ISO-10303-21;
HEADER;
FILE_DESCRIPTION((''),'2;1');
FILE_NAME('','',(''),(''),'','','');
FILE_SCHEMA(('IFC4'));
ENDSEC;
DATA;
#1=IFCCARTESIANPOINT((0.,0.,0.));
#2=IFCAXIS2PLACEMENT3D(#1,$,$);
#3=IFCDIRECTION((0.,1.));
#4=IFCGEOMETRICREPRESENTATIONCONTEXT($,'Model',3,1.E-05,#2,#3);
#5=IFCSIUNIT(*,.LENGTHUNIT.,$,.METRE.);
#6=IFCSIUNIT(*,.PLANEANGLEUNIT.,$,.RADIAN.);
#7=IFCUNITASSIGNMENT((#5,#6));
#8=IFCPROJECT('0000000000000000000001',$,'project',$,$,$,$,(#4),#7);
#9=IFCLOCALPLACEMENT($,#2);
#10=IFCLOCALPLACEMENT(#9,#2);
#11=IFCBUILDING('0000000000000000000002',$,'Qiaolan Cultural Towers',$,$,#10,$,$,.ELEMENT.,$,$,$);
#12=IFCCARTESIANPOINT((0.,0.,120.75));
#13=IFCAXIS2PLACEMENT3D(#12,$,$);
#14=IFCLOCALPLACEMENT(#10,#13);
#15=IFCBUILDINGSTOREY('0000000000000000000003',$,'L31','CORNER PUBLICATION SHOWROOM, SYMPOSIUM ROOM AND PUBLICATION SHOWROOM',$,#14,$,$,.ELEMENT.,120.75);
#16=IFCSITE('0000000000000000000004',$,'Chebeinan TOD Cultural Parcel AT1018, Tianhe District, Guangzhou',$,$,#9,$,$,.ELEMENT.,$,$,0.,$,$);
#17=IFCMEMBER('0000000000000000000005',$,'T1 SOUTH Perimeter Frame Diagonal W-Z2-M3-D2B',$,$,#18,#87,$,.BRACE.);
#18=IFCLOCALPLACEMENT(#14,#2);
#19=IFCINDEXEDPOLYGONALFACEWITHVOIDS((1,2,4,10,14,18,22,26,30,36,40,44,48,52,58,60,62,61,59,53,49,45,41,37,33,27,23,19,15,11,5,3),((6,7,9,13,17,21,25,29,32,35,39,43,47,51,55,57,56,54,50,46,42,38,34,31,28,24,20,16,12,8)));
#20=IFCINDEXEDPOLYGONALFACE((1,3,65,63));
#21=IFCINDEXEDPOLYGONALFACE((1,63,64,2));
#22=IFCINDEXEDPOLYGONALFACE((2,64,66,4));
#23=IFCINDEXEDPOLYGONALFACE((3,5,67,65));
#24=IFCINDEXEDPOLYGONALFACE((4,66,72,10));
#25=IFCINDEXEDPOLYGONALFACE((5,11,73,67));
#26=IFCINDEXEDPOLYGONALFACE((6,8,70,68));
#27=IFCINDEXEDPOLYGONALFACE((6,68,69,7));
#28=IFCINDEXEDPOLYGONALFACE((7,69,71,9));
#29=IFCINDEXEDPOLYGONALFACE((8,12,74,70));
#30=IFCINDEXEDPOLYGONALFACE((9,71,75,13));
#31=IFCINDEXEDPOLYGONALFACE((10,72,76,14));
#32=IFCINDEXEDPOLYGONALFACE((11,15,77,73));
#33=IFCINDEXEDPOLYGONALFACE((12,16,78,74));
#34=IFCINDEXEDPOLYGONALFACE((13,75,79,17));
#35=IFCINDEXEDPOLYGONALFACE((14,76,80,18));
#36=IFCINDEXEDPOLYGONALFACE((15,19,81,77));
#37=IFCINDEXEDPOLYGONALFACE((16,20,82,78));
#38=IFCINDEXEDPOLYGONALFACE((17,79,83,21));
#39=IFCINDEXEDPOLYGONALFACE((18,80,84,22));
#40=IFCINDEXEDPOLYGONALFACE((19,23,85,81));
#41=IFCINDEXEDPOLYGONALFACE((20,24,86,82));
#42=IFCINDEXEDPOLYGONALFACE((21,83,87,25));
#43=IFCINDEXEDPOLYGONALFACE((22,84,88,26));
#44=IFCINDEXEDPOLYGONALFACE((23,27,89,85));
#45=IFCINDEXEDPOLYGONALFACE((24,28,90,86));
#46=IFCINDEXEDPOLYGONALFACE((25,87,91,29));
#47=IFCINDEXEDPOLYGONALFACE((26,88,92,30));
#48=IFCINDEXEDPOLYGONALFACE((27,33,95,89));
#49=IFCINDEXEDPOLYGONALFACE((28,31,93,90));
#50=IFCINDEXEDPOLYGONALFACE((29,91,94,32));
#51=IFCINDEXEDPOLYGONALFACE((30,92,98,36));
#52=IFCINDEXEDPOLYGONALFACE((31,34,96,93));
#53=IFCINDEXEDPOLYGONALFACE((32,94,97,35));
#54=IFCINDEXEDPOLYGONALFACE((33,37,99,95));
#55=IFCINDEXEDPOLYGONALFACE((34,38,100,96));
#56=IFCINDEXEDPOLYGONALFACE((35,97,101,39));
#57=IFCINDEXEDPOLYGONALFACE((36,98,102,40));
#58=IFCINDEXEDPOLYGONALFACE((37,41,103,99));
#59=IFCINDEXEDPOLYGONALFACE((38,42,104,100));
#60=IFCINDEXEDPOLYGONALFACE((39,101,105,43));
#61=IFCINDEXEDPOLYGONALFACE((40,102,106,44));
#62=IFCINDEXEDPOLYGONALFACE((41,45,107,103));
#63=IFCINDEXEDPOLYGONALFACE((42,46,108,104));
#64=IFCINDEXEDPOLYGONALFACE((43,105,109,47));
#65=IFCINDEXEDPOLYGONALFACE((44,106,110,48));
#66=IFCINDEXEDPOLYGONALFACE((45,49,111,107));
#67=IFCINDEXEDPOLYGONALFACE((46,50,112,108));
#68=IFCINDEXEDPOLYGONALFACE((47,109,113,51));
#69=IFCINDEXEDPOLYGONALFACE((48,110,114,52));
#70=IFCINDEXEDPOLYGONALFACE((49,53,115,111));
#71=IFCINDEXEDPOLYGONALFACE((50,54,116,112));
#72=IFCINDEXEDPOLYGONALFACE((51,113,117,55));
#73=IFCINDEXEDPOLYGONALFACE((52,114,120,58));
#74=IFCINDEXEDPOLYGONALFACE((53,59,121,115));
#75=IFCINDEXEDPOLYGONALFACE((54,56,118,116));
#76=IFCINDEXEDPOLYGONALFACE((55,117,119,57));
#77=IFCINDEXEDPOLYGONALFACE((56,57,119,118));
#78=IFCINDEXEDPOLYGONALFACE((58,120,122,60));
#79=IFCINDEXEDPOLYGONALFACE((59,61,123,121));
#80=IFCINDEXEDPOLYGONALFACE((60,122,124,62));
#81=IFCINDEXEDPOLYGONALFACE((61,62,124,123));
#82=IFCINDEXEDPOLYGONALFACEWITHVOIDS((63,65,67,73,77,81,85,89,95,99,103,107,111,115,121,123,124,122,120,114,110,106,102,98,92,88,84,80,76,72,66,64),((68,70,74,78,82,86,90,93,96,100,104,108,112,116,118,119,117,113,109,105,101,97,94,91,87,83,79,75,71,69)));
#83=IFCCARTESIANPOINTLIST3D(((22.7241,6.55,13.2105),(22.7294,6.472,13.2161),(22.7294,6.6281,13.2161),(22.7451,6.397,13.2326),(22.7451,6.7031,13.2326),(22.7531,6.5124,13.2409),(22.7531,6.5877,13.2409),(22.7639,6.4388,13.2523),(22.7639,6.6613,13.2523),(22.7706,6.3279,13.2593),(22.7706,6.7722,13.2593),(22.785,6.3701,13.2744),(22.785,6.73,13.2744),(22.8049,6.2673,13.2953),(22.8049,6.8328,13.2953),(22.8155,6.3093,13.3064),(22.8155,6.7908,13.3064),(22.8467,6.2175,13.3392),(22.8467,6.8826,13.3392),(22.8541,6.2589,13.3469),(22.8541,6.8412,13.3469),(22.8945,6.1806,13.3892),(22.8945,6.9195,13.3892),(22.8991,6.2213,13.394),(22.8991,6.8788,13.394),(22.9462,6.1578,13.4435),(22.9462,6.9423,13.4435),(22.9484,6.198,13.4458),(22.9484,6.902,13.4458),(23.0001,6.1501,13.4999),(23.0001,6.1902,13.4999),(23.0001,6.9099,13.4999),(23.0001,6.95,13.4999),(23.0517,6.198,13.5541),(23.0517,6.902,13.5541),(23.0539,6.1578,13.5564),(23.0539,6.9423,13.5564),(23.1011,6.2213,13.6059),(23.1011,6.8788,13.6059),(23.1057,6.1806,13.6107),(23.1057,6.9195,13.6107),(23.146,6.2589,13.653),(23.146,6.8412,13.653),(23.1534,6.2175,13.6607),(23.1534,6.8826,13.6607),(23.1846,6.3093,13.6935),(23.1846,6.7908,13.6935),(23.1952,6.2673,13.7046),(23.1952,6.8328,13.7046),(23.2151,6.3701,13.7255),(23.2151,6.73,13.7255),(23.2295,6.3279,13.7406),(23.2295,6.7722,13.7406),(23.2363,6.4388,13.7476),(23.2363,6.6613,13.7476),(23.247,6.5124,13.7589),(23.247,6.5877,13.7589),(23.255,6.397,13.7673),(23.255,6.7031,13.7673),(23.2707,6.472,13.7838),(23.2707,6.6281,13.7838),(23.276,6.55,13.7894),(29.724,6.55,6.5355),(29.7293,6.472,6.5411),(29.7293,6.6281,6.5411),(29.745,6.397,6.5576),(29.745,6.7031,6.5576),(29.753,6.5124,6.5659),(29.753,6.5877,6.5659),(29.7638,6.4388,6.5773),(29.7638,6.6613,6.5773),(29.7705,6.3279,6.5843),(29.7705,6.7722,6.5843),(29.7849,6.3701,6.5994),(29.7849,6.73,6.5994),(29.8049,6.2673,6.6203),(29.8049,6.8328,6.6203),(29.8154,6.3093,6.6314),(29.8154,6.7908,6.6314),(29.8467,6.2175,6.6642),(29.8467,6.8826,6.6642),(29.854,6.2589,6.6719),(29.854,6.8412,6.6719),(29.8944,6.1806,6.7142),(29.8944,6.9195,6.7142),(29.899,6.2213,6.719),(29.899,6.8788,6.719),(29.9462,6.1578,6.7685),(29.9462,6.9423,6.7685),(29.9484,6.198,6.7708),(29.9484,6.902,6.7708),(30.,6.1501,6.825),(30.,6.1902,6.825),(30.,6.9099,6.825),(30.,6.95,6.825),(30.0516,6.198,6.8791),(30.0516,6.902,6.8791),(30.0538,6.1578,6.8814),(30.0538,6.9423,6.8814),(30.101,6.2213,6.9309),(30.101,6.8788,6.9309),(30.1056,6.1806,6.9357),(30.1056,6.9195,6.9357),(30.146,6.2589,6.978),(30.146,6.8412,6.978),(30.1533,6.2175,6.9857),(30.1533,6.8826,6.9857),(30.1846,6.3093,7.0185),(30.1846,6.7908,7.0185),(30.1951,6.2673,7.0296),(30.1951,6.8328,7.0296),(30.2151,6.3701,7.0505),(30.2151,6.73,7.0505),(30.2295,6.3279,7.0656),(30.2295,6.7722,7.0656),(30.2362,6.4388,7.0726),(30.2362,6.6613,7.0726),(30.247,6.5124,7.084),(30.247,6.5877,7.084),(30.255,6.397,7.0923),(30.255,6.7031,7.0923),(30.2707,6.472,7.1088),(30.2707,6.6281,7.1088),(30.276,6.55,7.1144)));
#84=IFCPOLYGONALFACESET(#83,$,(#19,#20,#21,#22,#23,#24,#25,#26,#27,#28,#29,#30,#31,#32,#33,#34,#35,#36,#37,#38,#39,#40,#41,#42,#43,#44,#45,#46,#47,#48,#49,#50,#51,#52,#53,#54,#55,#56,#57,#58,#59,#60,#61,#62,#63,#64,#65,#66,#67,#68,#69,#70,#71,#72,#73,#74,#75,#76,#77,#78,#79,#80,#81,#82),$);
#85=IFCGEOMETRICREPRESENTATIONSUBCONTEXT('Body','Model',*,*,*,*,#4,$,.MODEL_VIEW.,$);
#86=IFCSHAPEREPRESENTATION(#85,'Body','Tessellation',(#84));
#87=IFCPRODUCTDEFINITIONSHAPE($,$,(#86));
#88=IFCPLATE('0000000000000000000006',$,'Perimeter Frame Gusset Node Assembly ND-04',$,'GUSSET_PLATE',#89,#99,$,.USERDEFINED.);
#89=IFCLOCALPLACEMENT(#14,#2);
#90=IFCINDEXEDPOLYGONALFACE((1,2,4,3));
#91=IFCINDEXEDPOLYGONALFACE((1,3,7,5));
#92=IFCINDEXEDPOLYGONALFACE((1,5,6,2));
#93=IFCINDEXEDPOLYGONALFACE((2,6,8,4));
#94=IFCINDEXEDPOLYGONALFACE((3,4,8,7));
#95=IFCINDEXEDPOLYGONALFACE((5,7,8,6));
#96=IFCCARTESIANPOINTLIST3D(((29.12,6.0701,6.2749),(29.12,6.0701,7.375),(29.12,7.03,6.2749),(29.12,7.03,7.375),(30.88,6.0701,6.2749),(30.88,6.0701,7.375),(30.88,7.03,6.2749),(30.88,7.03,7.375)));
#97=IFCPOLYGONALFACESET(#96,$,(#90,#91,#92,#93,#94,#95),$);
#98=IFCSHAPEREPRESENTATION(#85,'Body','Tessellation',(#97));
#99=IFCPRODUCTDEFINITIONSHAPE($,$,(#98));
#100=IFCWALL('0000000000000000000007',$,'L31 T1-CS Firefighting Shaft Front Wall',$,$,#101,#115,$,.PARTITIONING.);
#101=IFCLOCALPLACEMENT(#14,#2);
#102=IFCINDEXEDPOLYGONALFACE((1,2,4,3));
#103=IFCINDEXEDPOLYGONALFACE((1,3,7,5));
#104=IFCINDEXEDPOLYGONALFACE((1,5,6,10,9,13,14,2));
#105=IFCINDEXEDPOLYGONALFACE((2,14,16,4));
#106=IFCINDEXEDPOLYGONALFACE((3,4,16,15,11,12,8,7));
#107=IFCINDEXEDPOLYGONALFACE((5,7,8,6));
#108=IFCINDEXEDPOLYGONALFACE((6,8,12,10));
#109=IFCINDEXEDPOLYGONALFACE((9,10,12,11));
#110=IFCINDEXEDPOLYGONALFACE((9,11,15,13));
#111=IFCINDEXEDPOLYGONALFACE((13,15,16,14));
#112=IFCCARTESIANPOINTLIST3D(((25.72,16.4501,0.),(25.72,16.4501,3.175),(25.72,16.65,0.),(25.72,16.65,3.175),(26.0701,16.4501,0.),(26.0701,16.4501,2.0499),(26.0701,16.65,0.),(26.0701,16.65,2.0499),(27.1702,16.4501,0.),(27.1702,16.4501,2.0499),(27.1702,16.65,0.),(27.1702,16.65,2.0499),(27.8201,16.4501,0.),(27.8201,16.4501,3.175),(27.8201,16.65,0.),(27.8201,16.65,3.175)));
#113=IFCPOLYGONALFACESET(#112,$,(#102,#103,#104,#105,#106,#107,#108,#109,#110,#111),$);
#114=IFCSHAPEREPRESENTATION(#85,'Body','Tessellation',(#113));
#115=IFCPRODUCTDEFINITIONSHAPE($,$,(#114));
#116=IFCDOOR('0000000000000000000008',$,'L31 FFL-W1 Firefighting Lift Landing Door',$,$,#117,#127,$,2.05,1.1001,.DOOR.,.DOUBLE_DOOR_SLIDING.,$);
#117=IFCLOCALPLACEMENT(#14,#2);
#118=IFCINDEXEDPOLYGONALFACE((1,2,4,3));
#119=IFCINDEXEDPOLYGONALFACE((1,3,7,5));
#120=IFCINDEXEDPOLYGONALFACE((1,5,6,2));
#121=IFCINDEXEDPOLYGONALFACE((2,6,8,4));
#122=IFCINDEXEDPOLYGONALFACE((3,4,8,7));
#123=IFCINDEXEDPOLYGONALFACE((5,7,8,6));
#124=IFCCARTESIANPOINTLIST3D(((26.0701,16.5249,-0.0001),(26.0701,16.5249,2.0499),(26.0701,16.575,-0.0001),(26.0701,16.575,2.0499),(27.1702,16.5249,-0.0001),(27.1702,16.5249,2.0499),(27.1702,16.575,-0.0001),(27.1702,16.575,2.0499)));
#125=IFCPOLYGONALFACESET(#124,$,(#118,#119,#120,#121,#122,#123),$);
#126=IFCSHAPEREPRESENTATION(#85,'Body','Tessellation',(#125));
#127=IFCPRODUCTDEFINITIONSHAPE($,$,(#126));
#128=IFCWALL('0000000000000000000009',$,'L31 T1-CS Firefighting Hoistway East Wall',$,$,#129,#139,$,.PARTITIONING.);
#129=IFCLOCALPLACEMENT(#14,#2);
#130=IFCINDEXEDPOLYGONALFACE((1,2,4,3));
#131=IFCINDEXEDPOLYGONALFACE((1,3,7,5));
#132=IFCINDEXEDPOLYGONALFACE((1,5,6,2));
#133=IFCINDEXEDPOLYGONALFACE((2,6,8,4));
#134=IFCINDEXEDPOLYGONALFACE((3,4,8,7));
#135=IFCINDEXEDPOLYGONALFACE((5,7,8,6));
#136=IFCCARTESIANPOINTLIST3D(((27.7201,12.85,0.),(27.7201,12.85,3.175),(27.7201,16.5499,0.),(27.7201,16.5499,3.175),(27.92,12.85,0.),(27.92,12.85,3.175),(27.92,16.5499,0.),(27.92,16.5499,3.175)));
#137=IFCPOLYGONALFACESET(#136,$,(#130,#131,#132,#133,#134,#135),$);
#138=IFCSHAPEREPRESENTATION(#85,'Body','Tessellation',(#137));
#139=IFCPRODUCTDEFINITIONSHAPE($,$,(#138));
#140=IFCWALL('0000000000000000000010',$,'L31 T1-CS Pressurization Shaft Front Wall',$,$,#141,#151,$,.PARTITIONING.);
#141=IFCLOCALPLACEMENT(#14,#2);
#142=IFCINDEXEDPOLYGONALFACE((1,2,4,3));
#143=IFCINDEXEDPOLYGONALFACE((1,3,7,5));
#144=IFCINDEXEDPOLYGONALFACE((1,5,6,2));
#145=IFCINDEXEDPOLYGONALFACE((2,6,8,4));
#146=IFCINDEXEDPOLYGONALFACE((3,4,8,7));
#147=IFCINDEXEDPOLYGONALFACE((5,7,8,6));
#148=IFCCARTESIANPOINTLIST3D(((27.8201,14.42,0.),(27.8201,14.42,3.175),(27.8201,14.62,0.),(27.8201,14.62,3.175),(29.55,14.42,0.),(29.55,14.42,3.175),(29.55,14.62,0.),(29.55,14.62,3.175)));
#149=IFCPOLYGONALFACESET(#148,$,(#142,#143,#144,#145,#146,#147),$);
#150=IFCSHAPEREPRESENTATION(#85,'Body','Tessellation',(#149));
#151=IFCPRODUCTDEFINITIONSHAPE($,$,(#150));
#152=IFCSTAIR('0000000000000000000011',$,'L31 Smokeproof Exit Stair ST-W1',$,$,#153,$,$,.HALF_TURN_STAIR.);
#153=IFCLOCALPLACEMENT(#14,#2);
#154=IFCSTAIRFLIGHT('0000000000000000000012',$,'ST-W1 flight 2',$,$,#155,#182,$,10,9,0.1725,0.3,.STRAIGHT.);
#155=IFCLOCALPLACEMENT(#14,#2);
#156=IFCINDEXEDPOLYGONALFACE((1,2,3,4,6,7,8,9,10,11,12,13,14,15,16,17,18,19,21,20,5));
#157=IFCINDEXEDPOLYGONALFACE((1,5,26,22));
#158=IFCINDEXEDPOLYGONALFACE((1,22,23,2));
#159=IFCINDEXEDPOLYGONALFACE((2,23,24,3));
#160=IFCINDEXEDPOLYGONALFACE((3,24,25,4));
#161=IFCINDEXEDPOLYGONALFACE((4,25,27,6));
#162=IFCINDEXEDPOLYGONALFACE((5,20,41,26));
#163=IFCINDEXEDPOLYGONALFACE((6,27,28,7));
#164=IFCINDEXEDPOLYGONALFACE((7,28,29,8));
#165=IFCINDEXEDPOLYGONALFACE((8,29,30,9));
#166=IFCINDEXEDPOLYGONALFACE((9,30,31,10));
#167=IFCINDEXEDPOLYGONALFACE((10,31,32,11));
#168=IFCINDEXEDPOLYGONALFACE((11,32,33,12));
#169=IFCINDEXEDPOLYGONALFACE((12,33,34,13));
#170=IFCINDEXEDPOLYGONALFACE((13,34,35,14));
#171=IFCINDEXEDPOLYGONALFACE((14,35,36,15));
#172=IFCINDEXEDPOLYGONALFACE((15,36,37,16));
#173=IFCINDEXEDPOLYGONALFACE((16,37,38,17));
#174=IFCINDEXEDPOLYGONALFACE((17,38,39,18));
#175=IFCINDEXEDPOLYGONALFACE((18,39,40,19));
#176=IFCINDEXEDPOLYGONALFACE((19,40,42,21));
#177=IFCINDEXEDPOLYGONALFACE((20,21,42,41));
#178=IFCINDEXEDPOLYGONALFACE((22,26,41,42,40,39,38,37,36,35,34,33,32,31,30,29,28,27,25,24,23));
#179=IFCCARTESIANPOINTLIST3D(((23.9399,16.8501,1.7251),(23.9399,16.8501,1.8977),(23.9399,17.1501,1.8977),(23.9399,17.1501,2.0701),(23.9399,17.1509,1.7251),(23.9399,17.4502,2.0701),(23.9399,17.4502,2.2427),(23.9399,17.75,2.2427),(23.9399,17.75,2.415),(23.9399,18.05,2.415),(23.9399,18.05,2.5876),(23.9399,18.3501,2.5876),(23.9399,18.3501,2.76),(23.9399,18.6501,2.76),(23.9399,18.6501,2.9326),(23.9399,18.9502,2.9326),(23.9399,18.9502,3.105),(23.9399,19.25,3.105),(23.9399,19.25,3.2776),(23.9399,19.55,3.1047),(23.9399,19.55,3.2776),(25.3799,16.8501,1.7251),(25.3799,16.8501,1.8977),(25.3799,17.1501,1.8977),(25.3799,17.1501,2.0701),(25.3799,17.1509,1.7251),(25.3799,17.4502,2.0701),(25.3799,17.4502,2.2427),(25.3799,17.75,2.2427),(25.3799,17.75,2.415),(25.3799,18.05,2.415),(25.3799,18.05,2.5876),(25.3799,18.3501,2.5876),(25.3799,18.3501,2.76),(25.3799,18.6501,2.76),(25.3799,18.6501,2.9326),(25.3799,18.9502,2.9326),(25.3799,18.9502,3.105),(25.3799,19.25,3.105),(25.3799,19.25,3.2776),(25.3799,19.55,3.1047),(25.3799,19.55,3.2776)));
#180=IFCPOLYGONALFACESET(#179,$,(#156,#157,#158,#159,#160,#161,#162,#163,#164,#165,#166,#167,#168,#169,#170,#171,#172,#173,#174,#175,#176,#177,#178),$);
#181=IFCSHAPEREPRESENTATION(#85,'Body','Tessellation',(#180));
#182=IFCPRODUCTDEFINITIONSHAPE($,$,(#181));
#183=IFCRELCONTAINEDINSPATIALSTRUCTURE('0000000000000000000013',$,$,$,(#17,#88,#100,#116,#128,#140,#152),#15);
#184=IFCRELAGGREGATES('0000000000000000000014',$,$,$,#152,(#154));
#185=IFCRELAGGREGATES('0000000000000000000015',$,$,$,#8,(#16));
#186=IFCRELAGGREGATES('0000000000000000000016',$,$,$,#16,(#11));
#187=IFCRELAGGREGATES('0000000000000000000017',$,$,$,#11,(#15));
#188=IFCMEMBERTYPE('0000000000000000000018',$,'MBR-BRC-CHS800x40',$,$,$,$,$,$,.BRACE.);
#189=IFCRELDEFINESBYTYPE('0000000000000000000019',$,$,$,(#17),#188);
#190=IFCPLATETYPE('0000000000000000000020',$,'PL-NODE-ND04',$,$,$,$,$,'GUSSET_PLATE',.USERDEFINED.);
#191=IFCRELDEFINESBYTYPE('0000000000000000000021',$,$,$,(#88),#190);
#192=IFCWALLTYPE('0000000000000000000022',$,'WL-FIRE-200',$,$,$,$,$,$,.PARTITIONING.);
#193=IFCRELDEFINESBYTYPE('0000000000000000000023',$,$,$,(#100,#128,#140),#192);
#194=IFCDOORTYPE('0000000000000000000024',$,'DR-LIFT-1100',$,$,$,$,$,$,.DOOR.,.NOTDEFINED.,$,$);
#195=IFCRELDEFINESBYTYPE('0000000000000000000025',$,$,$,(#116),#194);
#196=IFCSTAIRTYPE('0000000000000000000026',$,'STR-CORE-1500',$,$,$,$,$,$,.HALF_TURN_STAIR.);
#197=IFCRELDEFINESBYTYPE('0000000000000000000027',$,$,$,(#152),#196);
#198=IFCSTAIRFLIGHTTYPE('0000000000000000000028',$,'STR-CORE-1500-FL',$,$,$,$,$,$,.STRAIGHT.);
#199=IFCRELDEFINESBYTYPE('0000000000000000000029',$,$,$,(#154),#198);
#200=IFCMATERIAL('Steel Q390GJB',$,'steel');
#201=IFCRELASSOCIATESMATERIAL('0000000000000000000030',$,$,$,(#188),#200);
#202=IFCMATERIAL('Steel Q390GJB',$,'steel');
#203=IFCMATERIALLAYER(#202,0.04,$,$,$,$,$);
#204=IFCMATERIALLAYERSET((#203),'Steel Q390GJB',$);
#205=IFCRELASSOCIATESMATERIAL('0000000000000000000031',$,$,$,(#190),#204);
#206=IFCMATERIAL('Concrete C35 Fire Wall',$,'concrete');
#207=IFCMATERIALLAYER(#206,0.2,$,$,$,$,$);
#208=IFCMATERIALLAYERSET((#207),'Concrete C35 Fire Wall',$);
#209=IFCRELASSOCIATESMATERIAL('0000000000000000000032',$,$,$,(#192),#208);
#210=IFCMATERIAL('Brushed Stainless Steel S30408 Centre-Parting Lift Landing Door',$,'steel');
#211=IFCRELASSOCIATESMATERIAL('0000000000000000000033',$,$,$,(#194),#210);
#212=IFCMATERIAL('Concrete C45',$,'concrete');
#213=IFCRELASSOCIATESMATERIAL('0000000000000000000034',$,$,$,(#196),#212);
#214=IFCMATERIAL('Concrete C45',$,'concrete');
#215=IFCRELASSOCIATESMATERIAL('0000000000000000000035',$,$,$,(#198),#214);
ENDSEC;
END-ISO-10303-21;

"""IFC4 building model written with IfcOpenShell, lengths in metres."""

from ifc_helpers import new_model, si_unit, direction, frame, frame_2d, origin, origin_2d, place, context, subcontext, project, spatial, polyline, rectangle, hollow_circle, outline, extrude, material, layer, layer_set, material_profile, profile_set, type_object, element, fill, aggregate, save


model = new_model("IFC4")

# Units and contexts
model_context = context("Model", 3, precision=1e-05, world=origin(), true_north=direction((0.0, 1.0)))
body_context = subcontext(model_context, "Body", "Model", "MODEL_VIEW")
ifc_project = project(units=[si_unit("LENGTHUNIT", "METRE"), si_unit("PLANEANGLEUNIT", "RADIAN")], contexts=[model_context])

# Site, building, storey
site_placement = place(None, origin())
site = spatial("IfcSite", under=ifc_project, at=site_placement, Name="Chebeinan TOD Cultural Parcel AT1018, Tianhe District, Guangzhou", CompositionType="ELEMENT", RefElevation=0.0)
building_placement = place(site_placement, origin())
building = spatial("IfcBuilding", under=site, at=building_placement, Name="Qiaolan Cultural Towers", CompositionType="ELEMENT")
storey_placement = place(building_placement, frame((0.0, 0.0, 120.75)))
storey = spatial("IfcBuildingStorey", under=building, at=storey_placement, Name="L31", Description="CORNER PUBLICATION SHOWROOM, SYMPOSIUM ROOM AND PUBLICATION SHOWROOM", CompositionType="ELEMENT", Elevation=120.75)

# Member
ifc_material_1 = material(Name="Steel Q390GJB", Category="steel")
ifc_material_profile_1 = material_profile(ifc_material_1, hollow_circle(Radius=0.3999, WallThickness=0.04, at=origin_2d()), Name="CHS800x40")
ifc_profile_set_1 = profile_set([ifc_material_profile_1], Name="Steel Q390GJB")
member_type = type_object("IfcMemberType", Name="MBR-BRC-CHS800x40", PredefinedType="BRACE", material=ifc_profile_set_1)
for number, where, z_axis, x_axis, name in (
    (1, (30.0, 6.55, 6.825), (-0.723705, 0.0, 0.690109), (0.0, -1.0, 0.0), "T1 SOUTH Perimeter Frame Diagonal W-Z2-M3-D2B"),
):
    element("IfcMember", number, at=place(storey_placement, frame(where, z_axis=z_axis, x_axis=x_axis)), inside=storey, type_object=member_type, Name=name, PredefinedType="BRACE", context=body_context, shape_type="SweptSolid", body=[
        extrude(hollow_circle(Radius=0.3999, WallThickness=0.04, at=origin_2d()), origin(), (0.0, 0.0, 1.0), 9.6724),
    ])

# Plate
ifc_material_2 = material(Name="Steel Q390GJB", Category="steel")
ifc_layer_1 = layer(ifc_material_2, 0.04)
ifc_layer_set_1 = layer_set([ifc_layer_1], Name="Steel Q390GJB")
plate_type = type_object("IfcPlateType", Name="PL-NODE-ND04", ElementType="GUSSET_PLATE", PredefinedType="USERDEFINED", material=ifc_layer_set_1)
plate_placement = place(storey_placement, frame((30.0, 6.55, 6.2749), z_axis=(0.0, 0.0, 1.0), x_axis=(1.0, 0.0, 0.0)))
element("IfcPlate", 2, at=plate_placement, inside=storey, type_object=plate_type, Name="Perimeter Frame Gusset Node Assembly ND-04", ObjectType="GUSSET_PLATE", PredefinedType="USERDEFINED", context=body_context, shape_type="SweptSolid", body=[
    extrude(rectangle(XDim=1.76, YDim=0.96, at=origin_2d()), origin(), (0.0, 0.0, 1.0), 1.1001),
])

# Wall, opening, door
ifc_material_3 = material(Name="Concrete C35 Fire Wall", Category="concrete")
ifc_layer_2 = layer(ifc_material_3, 0.2)
ifc_layer_set_2 = layer_set([ifc_layer_2], Name="Concrete C35 Fire Wall")
wall_type = type_object("IfcWallType", Name="WL-FIRE-200", PredefinedType="PARTITIONING", material=ifc_layer_set_2)
wall_1_placement = place(storey_placement, frame((25.72, 16.55, 0.0), z_axis=(0.0, 0.0, 1.0), x_axis=(1.0, 0.0, 0.0)))
wall_1 = element("IfcWall", 3, at=wall_1_placement, inside=storey, type_object=wall_type, Name="L31 T1-CS Firefighting Shaft Front Wall", PredefinedType="PARTITIONING", context=body_context, shape_type="SweptSolid", body=[
    extrude(rectangle(XDim=2.1001, YDim=0.2, at=frame_2d((1.05, 0.0))), origin(), (0.0, 0.0, 1.0), 3.175),
])
opening_placement = place(wall_1_placement, frame((0.3501, 0.0, 0.0)))
opening = element("IfcOpeningElement", 4, at=opening_placement, cuts=wall_1, PredefinedType="OPENING", context=body_context, shape_type="SweptSolid", body=[
    extrude(rectangle(XDim=1.1001, YDim=2.05, at=frame_2d((0.55, 1.0249))), frame((0.0, 0.1099, 0.0), z_axis=(0.0, -1.0, 0.0), x_axis=(1.0, 0.0, 0.0)), (0.0, 0.0, 1.0), 0.22),
])
ifc_material_4 = material(Name="Brushed Stainless Steel S30408 Centre-Parting Lift Landing Door", Category="steel")
door_type = type_object("IfcDoorType", Name="DR-LIFT-1100", OperationType="NOTDEFINED", PredefinedType="DOOR", material=ifc_material_4)
door_placement = place(opening_placement, origin())
door = element("IfcDoor", 5, at=door_placement, inside=storey, type_object=door_type, Name="L31 FFL-W1 Firefighting Lift Landing Door", OperationType="DOUBLE_DOOR_SLIDING", OverallHeight=2.05, OverallWidth=1.1001, PredefinedType="DOOR", context=body_context, shape_type="SweptSolid", body=[
    extrude(rectangle(XDim=1.1001, YDim=2.05, at=frame_2d((0.55, 1.0249))), frame((0.0, 0.0249, 0.0), z_axis=(0.0, -1.0, 0.0), x_axis=(1.0, 0.0, 0.0)), (0.0, 0.0, 1.0), 0.05),
])
fill(opening, door)

# Walls
wall_2_placement = place(storey_placement, frame((27.8201, 16.55, 0.0), z_axis=(0.0, 0.0, 1.0), x_axis=(0.0, -1.0, 0.0)))
element("IfcWall", 6, at=wall_2_placement, inside=storey, type_object=wall_type, Name="L31 T1-CS Firefighting Hoistway East Wall", PredefinedType="PARTITIONING", context=body_context, shape_type="SweptSolid", body=[
    extrude(rectangle(XDim=3.7, YDim=0.2, at=frame_2d((1.8501, 0.0))), origin(), (0.0, 0.0, 1.0), 3.175),
])
wall_3_placement = place(storey_placement, frame((27.8201, 14.52, 0.0), z_axis=(0.0, 0.0, 1.0), x_axis=(1.0, 0.0, 0.0)))
element("IfcWall", 7, at=wall_3_placement, inside=storey, type_object=wall_type, Name="L31 T1-CS Pressurization Shaft Front Wall", PredefinedType="PARTITIONING", context=body_context, shape_type="SweptSolid", body=[
    extrude(rectangle(XDim=1.73, YDim=0.2, at=frame_2d((0.865, 0.0))), origin(), (0.0, 0.0, 1.0), 3.175),
])

# Stair, stair flight
ifc_material_5 = material(Name="Concrete C45", Category="concrete")
stair_type = type_object("IfcStairType", Name="STR-CORE-1500", PredefinedType="HALF_TURN_STAIR", material=ifc_material_5)
stair_placement = place(storey_placement, origin())
stair = element("IfcStair", 8, at=stair_placement, inside=storey, type_object=stair_type, Name="L31 Smokeproof Exit Stair ST-W1", PredefinedType="HALF_TURN_STAIR")
ifc_material_6 = material(Name="Concrete C45", Category="concrete")
stair_flight_type = type_object("IfcStairFlightType", Name="STR-CORE-1500-FL", PredefinedType="STRAIGHT", material=ifc_material_6)
stair_flight_placement = place(storey_placement, frame((24.6599, 16.8501, 1.7251), z_axis=(0.0, 0.0, 1.0), x_axis=(0.0, 1.0, 0.0)))
stair_flight = element("IfcStairFlight", 9, at=stair_flight_placement, type_object=stair_flight_type, Name="ST-W1 flight 2", NumberOfRisers=10, NumberOfTreads=9, PredefinedType="STRAIGHT", RiserHeight=0.1725, TreadLength=0.3, context=body_context, shape_type="SweptSolid", body=[
    extrude(outline(polyline([(0.0, 0.0), (0.0, 0.1726), (0.3, 0.1726), (0.3, 0.345), (0.6001, 0.345), (0.6001, 0.5176), (0.8999, 0.5176), (0.8999, 0.6899), (1.2, 0.6899), (1.2, 0.8625), (1.5, 0.8625), (1.5, 1.0349), (1.8, 1.0349), (1.8, 1.2075), (2.1001, 1.2075), (2.1001, 1.3799), (2.3999, 1.3799), (2.3999, 1.5525), (2.7, 1.5525), (2.7, 1.7251), (2.7, 1.3796), (0.3008, 0.0), (0.0, 0.0)])), frame((0.0, 0.72, 0.0), z_axis=(0.0, -1.0, 0.0), x_axis=(1.0, 0.0, 0.0)), (0.0, 0.0, 1.0), 1.4399),
])
aggregate(stair, [stair_flight])

save(model, "model.ifc")
